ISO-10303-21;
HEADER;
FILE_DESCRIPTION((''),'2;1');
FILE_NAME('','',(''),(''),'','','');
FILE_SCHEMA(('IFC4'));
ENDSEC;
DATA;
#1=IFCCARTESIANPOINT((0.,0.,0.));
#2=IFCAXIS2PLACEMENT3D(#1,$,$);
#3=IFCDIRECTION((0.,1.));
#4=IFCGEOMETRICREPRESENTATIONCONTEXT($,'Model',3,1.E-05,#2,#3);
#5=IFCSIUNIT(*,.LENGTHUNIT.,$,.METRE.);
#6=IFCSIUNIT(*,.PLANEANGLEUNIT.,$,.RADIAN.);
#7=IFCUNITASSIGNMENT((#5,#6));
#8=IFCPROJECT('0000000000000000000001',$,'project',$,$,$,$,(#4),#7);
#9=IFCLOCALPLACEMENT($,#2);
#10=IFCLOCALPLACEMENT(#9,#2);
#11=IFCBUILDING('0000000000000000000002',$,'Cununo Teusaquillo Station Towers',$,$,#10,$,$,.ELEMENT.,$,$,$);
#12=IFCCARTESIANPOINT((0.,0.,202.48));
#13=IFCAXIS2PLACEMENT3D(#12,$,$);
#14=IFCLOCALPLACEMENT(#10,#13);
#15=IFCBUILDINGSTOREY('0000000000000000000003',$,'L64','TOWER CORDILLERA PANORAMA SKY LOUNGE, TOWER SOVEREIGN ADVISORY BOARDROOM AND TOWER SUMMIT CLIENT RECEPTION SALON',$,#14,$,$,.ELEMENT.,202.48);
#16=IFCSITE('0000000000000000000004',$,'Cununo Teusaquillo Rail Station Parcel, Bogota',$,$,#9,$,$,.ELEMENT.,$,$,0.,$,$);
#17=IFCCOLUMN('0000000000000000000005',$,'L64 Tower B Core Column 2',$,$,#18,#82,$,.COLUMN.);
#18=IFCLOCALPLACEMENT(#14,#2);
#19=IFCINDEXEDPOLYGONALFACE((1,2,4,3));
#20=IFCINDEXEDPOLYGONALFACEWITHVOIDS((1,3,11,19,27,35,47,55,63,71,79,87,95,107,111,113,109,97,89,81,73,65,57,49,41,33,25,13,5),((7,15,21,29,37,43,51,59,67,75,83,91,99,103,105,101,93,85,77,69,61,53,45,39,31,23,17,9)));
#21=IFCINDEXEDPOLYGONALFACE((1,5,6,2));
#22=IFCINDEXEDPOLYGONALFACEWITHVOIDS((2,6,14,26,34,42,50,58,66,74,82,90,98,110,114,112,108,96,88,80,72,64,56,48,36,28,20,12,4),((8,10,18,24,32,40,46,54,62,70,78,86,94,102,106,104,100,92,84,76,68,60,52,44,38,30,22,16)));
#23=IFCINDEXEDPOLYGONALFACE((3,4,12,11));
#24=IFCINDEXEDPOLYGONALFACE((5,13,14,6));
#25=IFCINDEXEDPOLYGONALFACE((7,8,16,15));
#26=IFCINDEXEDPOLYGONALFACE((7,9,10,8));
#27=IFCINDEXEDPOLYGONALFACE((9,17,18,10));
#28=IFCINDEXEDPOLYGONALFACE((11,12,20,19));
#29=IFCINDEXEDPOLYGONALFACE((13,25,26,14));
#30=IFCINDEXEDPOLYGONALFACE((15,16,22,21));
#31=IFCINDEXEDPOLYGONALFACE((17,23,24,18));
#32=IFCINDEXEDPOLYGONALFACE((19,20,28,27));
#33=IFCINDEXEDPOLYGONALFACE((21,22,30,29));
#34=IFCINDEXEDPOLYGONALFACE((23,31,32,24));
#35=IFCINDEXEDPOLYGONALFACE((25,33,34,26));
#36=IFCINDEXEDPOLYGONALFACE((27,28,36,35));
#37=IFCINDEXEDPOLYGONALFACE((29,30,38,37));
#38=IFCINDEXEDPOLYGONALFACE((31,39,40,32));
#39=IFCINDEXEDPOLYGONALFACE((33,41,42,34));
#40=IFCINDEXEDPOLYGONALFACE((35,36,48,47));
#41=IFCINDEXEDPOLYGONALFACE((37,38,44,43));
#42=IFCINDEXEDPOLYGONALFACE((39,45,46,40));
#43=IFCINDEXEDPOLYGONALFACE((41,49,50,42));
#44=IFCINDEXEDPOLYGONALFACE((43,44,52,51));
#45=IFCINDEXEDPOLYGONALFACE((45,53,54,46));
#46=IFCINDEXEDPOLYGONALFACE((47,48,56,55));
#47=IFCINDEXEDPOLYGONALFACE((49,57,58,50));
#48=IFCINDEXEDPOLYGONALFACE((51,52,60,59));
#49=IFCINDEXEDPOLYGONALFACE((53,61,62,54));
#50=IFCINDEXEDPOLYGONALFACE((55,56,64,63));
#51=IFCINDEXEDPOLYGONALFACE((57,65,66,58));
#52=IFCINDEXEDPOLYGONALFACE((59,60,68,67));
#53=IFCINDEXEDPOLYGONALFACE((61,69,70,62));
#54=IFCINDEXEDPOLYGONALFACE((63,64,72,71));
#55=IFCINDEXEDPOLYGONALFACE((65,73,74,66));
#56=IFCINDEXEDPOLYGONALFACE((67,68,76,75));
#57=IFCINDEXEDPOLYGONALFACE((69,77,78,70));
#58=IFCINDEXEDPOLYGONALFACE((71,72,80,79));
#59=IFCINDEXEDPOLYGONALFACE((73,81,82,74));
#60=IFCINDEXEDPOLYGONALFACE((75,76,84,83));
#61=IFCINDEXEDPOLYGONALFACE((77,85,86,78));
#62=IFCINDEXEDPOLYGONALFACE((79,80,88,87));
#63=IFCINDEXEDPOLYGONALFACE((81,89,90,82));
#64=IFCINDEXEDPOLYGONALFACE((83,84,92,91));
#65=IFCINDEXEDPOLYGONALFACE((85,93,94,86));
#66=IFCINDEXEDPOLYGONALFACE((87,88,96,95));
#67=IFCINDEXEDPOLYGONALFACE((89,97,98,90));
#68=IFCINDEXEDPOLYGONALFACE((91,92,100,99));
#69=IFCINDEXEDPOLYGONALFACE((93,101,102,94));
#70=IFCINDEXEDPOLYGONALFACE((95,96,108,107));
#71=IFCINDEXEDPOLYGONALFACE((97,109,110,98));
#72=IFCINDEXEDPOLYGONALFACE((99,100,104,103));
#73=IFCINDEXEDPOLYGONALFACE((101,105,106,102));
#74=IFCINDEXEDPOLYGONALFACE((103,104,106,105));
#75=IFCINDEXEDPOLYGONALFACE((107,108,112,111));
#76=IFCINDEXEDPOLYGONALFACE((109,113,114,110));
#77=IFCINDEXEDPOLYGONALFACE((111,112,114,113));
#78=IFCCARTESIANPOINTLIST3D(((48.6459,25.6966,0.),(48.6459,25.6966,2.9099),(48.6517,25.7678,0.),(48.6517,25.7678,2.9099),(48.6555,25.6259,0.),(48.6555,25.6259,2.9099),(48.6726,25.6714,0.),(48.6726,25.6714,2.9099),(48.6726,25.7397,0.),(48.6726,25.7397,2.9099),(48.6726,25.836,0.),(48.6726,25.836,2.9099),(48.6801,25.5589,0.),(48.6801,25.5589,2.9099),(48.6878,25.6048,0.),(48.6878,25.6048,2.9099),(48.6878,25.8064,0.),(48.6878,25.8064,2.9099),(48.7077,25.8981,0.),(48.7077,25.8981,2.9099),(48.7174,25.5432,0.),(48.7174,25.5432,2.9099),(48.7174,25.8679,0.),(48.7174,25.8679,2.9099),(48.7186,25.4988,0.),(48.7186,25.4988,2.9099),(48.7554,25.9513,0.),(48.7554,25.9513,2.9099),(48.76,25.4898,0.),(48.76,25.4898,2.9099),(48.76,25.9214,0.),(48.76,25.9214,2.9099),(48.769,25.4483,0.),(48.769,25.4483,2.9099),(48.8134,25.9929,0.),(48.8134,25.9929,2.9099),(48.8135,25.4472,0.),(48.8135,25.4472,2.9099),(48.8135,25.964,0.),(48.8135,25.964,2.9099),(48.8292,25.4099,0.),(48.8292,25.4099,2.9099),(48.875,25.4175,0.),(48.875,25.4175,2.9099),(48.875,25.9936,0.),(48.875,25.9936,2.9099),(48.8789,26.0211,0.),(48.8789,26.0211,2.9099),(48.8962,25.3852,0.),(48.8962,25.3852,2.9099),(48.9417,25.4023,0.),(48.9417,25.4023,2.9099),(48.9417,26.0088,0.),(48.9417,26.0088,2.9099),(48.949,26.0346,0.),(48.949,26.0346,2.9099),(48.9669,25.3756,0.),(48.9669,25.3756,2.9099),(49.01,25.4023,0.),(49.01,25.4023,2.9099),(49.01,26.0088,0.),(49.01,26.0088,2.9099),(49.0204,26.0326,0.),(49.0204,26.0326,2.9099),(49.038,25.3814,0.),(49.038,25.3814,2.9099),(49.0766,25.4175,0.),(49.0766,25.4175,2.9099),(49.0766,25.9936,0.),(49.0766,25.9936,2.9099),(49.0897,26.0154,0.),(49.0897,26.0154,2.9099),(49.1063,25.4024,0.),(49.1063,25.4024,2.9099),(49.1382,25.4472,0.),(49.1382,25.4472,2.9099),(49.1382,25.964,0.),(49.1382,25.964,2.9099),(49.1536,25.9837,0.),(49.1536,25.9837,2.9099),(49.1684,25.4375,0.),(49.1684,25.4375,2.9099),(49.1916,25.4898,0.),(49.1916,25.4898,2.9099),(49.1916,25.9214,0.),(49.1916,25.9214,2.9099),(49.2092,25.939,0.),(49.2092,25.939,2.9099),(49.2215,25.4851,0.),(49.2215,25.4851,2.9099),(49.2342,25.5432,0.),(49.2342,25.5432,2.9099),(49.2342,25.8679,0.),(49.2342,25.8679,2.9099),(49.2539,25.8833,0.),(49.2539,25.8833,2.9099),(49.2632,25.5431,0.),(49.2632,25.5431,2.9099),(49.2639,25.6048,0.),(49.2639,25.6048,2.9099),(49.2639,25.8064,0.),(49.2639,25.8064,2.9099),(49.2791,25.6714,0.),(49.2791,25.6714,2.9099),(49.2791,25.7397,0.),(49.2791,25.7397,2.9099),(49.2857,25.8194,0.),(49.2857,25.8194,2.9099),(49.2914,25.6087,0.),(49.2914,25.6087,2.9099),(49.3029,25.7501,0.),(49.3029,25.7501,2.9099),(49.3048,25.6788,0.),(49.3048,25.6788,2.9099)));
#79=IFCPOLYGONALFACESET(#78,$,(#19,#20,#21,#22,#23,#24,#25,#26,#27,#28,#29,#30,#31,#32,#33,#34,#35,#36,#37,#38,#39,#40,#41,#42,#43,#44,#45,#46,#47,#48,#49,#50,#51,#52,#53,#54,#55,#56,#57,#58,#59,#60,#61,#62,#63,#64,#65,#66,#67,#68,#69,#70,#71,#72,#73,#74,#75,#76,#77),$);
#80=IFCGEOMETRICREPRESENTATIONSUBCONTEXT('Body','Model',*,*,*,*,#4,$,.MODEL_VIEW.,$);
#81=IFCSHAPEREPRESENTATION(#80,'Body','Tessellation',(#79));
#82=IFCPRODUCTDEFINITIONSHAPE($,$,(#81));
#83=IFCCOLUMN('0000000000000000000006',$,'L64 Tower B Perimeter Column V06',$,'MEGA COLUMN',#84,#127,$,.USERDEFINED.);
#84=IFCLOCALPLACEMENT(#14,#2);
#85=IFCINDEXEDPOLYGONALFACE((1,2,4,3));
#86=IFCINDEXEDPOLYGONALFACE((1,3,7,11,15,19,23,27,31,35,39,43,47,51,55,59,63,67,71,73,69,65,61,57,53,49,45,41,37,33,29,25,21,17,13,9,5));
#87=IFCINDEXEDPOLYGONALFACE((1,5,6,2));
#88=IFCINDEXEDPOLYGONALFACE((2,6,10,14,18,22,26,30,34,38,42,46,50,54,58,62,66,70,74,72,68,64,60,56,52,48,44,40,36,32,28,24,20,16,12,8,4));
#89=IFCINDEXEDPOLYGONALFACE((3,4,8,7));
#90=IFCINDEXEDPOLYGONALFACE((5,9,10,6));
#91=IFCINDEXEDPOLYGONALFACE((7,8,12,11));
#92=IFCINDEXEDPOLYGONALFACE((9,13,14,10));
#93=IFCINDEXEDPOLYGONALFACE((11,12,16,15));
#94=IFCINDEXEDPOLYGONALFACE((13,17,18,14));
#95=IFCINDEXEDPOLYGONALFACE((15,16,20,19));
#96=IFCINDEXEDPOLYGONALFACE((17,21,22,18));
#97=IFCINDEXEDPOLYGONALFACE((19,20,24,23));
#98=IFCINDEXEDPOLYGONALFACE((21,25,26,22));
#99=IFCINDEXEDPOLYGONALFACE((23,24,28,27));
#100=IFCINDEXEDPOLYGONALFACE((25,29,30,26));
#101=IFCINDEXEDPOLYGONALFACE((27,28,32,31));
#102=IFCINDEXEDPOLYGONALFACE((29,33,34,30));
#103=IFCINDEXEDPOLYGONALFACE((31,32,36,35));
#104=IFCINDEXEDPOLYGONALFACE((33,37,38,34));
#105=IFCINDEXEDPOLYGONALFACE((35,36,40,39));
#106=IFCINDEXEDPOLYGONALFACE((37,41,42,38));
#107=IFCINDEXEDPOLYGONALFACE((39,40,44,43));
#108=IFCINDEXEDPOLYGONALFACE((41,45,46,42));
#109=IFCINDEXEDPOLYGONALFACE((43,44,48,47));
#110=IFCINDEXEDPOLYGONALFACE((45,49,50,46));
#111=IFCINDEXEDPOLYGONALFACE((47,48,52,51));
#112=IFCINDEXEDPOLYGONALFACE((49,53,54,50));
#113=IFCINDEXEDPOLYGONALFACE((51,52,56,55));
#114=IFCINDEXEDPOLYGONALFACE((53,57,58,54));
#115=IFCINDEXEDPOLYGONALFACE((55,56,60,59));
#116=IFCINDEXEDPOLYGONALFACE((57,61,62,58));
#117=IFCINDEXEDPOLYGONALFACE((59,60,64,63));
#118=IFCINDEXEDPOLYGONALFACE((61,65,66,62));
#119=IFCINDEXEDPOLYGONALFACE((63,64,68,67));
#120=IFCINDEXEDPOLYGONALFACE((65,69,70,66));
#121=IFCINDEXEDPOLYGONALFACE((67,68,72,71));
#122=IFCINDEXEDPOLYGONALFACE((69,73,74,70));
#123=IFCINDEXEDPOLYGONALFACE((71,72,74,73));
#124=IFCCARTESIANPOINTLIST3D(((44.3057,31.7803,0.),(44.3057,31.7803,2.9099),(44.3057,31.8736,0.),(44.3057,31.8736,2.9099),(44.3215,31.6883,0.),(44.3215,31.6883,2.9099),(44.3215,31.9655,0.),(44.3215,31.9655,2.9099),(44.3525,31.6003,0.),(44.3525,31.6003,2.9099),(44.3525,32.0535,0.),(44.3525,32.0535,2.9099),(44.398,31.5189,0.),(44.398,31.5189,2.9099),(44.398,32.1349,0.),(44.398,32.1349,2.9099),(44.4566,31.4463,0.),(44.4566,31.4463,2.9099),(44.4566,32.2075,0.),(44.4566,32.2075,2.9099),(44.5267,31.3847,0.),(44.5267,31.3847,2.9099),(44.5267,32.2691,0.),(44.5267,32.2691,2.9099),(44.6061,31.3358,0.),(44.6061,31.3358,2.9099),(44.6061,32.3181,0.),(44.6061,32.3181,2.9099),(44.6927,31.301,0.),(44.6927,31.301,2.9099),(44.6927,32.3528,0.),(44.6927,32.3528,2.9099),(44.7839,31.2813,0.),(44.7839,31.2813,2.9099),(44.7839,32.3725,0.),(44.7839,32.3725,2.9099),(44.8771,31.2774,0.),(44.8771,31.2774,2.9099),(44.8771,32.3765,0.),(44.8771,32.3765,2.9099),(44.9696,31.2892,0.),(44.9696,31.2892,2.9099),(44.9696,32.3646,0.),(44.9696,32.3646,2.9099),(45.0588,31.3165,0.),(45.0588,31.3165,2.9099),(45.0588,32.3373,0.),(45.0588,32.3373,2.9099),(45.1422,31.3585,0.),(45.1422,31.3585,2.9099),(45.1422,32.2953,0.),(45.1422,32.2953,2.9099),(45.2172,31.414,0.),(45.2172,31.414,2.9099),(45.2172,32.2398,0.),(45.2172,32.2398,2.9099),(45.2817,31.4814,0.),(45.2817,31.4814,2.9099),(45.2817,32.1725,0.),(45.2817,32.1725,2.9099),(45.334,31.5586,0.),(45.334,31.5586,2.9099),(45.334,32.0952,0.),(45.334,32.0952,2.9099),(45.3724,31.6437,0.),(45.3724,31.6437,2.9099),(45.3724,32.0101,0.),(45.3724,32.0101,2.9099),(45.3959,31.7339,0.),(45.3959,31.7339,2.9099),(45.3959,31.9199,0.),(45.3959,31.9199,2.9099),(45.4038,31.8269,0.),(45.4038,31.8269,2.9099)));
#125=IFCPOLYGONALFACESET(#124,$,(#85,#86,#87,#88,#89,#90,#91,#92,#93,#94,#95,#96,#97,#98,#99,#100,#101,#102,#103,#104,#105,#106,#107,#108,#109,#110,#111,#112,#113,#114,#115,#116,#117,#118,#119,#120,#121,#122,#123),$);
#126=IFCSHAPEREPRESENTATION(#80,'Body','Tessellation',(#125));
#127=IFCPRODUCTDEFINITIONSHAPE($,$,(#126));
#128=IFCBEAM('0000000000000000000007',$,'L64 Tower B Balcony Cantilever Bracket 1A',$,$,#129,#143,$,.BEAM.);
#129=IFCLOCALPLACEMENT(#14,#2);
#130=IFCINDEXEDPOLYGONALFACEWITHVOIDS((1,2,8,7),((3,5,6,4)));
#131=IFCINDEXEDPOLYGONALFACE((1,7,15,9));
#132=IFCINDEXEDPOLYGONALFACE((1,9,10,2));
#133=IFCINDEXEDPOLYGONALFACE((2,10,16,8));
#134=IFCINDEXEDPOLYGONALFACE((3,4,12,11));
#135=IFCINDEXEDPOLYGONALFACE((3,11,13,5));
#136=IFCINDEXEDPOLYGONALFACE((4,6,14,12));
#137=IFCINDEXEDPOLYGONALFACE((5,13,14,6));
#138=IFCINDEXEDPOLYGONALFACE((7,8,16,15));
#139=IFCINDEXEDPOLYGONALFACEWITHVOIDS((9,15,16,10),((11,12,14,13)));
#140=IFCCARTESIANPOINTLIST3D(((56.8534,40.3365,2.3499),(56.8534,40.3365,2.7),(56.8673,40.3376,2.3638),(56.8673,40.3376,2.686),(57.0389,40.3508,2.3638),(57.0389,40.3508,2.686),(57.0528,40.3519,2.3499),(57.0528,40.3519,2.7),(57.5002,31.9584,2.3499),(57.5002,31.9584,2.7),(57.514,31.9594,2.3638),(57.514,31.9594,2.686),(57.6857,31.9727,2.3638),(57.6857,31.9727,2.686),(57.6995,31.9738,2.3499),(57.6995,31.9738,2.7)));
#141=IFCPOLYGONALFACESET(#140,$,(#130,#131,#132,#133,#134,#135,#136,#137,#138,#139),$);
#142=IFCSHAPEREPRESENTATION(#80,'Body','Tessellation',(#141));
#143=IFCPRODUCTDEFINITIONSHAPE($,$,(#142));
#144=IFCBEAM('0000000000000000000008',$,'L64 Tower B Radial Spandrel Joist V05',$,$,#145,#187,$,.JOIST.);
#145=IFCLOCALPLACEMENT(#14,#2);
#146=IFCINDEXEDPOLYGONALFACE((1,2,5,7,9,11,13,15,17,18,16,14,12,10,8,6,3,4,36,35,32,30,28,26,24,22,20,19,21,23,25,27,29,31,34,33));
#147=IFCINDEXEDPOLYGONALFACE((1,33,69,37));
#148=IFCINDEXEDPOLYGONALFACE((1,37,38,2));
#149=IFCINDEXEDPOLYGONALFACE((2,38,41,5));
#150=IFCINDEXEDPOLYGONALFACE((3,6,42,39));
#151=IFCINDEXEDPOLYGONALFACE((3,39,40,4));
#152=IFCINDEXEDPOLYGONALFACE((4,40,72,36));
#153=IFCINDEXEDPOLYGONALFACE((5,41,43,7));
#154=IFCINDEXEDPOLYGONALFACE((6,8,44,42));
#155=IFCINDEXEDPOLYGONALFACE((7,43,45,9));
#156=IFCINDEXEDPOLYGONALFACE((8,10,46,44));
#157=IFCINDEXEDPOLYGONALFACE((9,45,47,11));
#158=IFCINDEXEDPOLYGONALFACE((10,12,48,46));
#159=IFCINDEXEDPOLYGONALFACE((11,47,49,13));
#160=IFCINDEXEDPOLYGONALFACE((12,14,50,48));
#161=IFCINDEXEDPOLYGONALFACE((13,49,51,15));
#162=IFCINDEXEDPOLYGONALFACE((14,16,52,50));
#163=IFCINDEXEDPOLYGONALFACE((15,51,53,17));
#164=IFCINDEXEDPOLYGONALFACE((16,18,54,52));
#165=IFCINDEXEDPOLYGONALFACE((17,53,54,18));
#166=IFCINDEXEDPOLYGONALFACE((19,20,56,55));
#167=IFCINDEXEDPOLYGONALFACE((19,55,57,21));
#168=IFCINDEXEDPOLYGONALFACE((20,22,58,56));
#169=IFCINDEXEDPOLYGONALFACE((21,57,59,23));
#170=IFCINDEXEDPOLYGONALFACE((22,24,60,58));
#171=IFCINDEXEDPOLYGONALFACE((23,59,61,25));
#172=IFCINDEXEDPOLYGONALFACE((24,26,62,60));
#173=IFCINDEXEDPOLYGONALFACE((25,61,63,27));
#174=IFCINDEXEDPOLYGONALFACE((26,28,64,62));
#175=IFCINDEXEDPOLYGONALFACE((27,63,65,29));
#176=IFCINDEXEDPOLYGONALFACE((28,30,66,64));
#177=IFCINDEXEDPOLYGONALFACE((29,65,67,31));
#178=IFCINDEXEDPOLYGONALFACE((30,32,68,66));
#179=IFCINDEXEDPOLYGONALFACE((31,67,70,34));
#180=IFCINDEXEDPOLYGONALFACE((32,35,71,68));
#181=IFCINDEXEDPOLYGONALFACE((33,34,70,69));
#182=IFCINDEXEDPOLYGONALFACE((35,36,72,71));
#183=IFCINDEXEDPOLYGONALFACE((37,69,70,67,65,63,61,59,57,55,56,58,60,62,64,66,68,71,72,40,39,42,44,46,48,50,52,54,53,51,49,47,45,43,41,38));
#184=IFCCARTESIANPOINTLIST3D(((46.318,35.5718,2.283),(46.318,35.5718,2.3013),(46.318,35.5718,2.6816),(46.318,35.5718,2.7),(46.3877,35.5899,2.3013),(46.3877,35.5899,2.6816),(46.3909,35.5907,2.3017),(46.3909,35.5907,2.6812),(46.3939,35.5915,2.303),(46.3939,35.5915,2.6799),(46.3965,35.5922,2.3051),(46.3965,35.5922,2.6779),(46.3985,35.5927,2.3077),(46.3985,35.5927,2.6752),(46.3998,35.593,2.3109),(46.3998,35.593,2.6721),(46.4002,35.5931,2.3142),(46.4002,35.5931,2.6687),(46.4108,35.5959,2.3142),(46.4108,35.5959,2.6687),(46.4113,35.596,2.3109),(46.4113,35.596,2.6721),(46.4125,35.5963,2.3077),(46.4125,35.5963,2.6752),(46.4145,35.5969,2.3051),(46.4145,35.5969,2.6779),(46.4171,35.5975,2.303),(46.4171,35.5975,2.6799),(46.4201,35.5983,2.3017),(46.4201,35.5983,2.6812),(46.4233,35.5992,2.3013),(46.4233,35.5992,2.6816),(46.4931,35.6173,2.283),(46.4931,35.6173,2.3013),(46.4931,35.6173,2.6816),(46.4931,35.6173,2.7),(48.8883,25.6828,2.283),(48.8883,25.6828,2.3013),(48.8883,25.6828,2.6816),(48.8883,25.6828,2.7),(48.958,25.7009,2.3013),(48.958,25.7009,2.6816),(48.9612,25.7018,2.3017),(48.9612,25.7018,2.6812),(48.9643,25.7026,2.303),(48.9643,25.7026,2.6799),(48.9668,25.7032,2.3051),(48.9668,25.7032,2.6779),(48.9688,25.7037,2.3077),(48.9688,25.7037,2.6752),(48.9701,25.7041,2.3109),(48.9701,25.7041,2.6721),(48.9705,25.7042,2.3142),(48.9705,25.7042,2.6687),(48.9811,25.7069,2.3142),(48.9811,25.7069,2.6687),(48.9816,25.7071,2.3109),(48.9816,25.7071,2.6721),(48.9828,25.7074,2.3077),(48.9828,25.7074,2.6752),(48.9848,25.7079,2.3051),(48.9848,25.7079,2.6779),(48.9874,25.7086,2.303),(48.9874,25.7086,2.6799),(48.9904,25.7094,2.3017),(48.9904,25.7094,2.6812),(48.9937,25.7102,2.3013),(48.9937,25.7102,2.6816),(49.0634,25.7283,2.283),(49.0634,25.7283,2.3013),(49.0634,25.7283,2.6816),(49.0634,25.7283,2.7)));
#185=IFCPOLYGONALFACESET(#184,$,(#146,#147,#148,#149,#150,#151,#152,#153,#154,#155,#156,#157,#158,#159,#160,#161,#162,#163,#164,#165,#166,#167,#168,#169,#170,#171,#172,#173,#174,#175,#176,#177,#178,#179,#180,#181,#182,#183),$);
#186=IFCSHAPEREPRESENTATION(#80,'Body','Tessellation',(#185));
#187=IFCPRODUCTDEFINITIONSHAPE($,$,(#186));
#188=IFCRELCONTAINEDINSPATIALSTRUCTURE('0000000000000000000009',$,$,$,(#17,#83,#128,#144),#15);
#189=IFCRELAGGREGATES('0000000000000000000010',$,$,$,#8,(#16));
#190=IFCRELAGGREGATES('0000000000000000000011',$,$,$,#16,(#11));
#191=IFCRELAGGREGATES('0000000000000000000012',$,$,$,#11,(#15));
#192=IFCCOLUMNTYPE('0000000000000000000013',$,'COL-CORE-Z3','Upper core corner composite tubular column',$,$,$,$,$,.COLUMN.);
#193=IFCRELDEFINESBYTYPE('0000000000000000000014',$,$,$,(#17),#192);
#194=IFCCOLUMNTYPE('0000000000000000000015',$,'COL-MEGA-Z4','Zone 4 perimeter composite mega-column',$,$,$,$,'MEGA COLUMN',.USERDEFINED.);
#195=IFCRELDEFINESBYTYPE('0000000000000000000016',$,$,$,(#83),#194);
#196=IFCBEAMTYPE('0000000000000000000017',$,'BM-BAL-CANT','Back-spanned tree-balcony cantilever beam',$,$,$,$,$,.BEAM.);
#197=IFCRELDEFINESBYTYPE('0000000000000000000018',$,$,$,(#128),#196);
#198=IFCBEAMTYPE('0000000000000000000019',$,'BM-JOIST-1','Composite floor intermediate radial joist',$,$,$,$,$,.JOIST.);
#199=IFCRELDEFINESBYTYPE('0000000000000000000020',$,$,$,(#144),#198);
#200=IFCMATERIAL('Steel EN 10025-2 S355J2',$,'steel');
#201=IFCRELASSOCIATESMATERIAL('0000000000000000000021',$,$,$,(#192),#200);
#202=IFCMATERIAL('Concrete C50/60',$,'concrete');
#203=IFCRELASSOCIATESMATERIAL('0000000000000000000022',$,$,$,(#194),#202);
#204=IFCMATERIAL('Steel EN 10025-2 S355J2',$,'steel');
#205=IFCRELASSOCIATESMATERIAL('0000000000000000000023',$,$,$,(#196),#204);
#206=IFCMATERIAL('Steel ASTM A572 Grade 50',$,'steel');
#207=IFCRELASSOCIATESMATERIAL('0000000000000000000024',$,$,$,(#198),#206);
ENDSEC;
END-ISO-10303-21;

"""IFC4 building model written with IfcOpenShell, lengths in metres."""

from ifc_helpers import new_model, si_unit, direction, frame, origin, origin_2d, place, context, subcontext, project, spatial, hollow_rectangle, circle, hollow_circle, i_section, extrude, material, material_profile, profile_set, type_object, element, save


model = new_model("IFC4")

# Units and contexts
model_context = context("Model", 3, precision=1e-05, world=origin(), true_north=direction((0.0, 1.0)))
body_context = subcontext(model_context, "Body", "Model", "MODEL_VIEW")
ifc_project = project(units=[si_unit("LENGTHUNIT", "METRE"), si_unit("PLANEANGLEUNIT", "RADIAN")], contexts=[model_context])

# Site, building, storey
site_placement = place(None, origin())
site = spatial("IfcSite", under=ifc_project, at=site_placement, Name="Cununo Teusaquillo Rail Station Parcel, Bogota", CompositionType="ELEMENT", RefElevation=0.0)
building_placement = place(site_placement, origin())
building = spatial("IfcBuilding", under=site, at=building_placement, Name="Cununo Teusaquillo Station Towers", CompositionType="ELEMENT")
storey_placement = place(building_placement, frame((0.0, 0.0, 202.48)))
storey = spatial("IfcBuildingStorey", under=building, at=storey_placement, Name="L64", Description="TOWER CORDILLERA PANORAMA SKY LOUNGE, TOWER SOVEREIGN ADVISORY BOARDROOM AND TOWER SUMMIT CLIENT RECEPTION SALON", CompositionType="ELEMENT", Elevation=202.48)

# Columns
ifc_material_1 = material(Name="Steel EN 10025-2 S355J2", Category="steel")
ifc_material_profile_1 = material_profile(ifc_material_1, hollow_circle(Radius=0.3301, WallThickness=0.0249, at=origin_2d()), Name="CHS 660x25")
ifc_profile_set_1 = profile_set([ifc_material_profile_1], Name="Steel EN 10025-2 S355J2")
column_type_1 = type_object("IfcColumnType", Name="COL-CORE-Z3", Description="Upper core corner composite tubular column", PredefinedType="COLUMN", material=ifc_profile_set_1)
column_1_placement = place(storey_placement, frame((48.9758, 25.7056, 0.0), z_axis=(0.0, 0.0, 1.0), x_axis=(0.707107, 0.707107, 0.0)))
element("IfcColumn", 1, at=column_1_placement, inside=storey, type_object=column_type_1, Name="L64 Tower B Core Column 2", PredefinedType="COLUMN", context=body_context, shape_type="SweptSolid", body=[
    extrude(hollow_circle(Radius=0.3301, WallThickness=0.0249, at=origin_2d()), origin(), (0.0, 0.0, 1.0), 2.9099),
])
ifc_material_2 = material(Name="Concrete C50/60", Category="concrete")
ifc_material_profile_2 = material_profile(ifc_material_2, circle(Radius=0.55, at=origin_2d()), Name="RC-CIRC-1100")
ifc_profile_set_2 = profile_set([ifc_material_profile_2], Name="Concrete C50/60")
column_type_2 = type_object("IfcColumnType", Name="COL-MEGA-Z4", Description="Zone 4 perimeter composite mega-column", ElementType="MEGA COLUMN", PredefinedType="USERDEFINED", material=ifc_profile_set_2)
column_2_placement = place(storey_placement, frame((44.8538, 31.8269, 0.0), z_axis=(0.0, 0.0, 1.0), x_axis=(1.0, 0.0, 0.0)))
element("IfcColumn", 2, at=column_2_placement, inside=storey, type_object=column_type_2, Name="L64 Tower B Perimeter Column V06", ObjectType="MEGA COLUMN", PredefinedType="USERDEFINED", context=body_context, shape_type="SweptSolid", body=[
    extrude(circle(Radius=0.55, at=origin_2d()), origin(), (0.0, 0.0, 1.0), 2.9099),
])

# Beams
ifc_material_3 = material(Name="Steel EN 10025-2 S355J2", Category="steel")
ifc_material_profile_3 = material_profile(ifc_material_3, hollow_rectangle(XDim=0.2, YDim=0.3501, WallThickness=0.0139, at=origin_2d()), Name="RHS 350x200x14")
ifc_profile_set_3 = profile_set([ifc_material_profile_3], Name="Steel EN 10025-2 S355J2")
beam_type_1 = type_object("IfcBeamType", Name="BM-BAL-CANT", Description="Back-spanned tree-balcony cantilever beam", PredefinedType="BEAM", material=ifc_profile_set_3)
beam_1_placement = place(storey_placement, frame((57.5999, 31.9661, 2.5249), z_axis=(-0.076963, 0.997034, 0.0), x_axis=(-0.997034, -0.076963, 0.0)))
element("IfcBeam", 3, at=beam_1_placement, inside=storey, type_object=beam_type_1, Name="L64 Tower B Balcony Cantilever Bracket 1A", PredefinedType="BEAM", context=body_context, shape_type="SweptSolid", body=[
    extrude(hollow_rectangle(XDim=0.2, YDim=0.3501, WallThickness=0.0139, at=origin_2d()), origin(), (0.0, 0.0, 1.0), 8.4031),
])
ifc_material_4 = material(Name="Steel ASTM A572 Grade 50", Category="steel")
ifc_material_profile_4 = material_profile(ifc_material_4, i_section(OverallWidth=0.1809, OverallDepth=0.417, WebThickness=0.011, FlangeThickness=0.0183, FilletRadius=0.0129, at=origin_2d()), Name="W16X57")
ifc_profile_set_4 = profile_set([ifc_material_profile_4], Name="Steel ASTM A572 Grade 50")
beam_type_2 = type_object("IfcBeamType", Name="BM-JOIST-1", Description="Composite floor intermediate radial joist", PredefinedType="JOIST", material=ifc_profile_set_4)
beam_2_placement = place(storey_placement, frame((48.9758, 25.7056, 2.4915), z_axis=(-0.25156, 0.967842, 0.0), x_axis=(-0.967842, -0.25156, 0.0)))
element("IfcBeam", 4, at=beam_2_placement, inside=storey, type_object=beam_type_2, Name="L64 Tower B Radial Spandrel Joist V05", PredefinedType="JOIST", context=body_context, shape_type="SweptSolid", body=[
    extrude(i_section(OverallWidth=0.1809, OverallDepth=0.417, WebThickness=0.011, FlangeThickness=0.0183, FilletRadius=0.0129, at=origin_2d()), origin(), (0.0, 0.0, 1.0), 10.2175),
])

save(model, "model.ifc")
